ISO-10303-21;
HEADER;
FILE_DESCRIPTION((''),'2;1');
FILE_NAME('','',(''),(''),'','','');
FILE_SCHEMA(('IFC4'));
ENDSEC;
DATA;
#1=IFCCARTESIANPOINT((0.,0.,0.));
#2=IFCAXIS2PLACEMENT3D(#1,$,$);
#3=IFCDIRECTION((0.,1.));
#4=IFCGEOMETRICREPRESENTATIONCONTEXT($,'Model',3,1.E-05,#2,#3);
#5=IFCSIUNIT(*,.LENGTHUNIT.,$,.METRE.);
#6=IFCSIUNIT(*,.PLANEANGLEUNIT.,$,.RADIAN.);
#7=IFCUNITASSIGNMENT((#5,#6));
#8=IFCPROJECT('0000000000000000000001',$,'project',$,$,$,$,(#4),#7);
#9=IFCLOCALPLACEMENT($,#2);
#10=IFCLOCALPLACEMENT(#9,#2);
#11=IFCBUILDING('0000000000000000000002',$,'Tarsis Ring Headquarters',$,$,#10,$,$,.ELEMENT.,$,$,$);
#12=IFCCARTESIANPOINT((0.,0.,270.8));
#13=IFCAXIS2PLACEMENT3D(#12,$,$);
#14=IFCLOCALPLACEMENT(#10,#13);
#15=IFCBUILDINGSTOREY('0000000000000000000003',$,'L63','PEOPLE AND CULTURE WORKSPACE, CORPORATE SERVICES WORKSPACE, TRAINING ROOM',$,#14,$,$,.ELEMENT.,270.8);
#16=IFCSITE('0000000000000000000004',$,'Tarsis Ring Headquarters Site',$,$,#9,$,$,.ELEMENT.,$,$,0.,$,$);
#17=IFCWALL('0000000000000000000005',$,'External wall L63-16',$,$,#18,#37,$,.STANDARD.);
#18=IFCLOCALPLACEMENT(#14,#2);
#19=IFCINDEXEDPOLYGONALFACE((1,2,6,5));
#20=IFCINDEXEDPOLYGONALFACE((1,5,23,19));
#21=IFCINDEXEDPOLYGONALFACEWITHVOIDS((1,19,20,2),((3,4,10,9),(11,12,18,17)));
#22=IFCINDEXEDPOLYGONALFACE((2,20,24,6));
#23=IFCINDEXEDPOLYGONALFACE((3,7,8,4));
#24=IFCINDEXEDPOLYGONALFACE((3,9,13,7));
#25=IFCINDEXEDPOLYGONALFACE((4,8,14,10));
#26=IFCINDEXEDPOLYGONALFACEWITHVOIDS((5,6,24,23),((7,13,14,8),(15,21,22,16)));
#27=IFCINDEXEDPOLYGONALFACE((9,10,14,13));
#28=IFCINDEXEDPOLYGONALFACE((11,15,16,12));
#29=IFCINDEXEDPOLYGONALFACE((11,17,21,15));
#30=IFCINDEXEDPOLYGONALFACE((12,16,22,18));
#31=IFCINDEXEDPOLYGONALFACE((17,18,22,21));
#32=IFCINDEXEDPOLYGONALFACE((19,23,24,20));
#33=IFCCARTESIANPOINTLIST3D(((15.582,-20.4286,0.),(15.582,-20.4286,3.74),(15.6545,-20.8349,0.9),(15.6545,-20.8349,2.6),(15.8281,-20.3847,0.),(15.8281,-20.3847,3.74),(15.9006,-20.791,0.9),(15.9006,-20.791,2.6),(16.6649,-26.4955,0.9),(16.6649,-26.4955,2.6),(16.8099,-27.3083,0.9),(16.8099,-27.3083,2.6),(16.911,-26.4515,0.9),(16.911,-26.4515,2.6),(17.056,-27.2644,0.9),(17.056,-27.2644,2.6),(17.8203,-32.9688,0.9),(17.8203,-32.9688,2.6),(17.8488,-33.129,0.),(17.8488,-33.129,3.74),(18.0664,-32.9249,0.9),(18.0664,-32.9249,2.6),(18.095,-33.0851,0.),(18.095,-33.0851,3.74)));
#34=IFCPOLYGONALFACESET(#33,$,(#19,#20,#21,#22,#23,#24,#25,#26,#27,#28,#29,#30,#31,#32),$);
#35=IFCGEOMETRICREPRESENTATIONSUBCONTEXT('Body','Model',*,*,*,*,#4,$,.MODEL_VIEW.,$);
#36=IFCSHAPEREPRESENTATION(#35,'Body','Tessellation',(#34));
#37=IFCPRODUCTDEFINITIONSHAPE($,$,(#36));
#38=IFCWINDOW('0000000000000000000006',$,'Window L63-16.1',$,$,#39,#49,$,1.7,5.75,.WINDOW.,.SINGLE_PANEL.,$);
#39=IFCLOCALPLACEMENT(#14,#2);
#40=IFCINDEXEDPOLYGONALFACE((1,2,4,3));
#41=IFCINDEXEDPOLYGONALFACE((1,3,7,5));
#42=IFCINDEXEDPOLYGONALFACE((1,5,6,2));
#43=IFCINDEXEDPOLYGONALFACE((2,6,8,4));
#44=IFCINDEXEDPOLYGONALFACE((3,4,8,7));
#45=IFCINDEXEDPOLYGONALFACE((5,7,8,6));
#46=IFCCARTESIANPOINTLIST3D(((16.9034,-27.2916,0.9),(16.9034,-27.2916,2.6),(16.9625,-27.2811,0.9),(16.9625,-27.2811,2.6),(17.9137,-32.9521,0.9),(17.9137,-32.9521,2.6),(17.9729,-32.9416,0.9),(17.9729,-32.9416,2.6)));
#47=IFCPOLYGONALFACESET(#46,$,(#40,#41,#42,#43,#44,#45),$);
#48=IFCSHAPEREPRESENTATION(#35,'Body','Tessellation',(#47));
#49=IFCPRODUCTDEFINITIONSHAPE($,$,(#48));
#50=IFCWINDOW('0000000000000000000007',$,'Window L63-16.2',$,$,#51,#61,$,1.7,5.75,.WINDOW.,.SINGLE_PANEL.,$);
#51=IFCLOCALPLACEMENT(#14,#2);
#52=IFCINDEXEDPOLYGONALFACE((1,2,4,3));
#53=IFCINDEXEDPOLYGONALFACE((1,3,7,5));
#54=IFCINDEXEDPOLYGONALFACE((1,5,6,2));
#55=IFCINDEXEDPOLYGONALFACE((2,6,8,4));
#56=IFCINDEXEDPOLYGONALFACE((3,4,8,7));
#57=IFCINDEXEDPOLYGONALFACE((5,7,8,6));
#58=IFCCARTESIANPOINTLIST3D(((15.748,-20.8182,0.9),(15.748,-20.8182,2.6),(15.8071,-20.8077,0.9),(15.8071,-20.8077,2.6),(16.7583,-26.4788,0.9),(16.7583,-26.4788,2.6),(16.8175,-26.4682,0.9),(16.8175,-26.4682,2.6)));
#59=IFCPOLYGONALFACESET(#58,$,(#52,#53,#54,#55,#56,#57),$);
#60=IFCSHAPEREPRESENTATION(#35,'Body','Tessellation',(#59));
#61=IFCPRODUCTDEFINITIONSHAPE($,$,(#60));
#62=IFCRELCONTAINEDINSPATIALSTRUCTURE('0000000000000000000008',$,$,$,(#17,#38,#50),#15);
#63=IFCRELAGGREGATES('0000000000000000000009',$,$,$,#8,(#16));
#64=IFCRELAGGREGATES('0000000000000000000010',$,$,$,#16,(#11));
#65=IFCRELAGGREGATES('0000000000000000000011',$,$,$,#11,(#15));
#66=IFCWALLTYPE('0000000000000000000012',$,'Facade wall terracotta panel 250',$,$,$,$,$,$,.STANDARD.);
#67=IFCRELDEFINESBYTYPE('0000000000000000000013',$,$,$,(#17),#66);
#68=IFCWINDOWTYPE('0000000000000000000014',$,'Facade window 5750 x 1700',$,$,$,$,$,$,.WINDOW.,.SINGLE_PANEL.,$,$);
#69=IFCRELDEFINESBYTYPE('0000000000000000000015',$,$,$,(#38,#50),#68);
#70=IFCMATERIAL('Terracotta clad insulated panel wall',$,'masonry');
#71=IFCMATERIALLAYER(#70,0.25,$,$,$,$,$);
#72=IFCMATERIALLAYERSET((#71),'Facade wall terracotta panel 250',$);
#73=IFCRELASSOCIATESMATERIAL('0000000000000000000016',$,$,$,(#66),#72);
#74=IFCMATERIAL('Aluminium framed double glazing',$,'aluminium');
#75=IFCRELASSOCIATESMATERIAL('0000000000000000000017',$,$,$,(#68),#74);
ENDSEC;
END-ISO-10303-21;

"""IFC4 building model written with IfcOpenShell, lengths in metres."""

from ifc_helpers import new_model, si_unit, direction, frame, frame_2d, origin, place, context, subcontext, project, spatial, rectangle, extrude, material, layer, layer_set, type_object, element, fill, save


model = new_model("IFC4")

# Units and contexts
model_context = context("Model", 3, precision=1e-05, world=origin(), true_north=direction((0.0, 1.0)))
body_context = subcontext(model_context, "Body", "Model", "MODEL_VIEW")
ifc_project = project(units=[si_unit("LENGTHUNIT", "METRE"), si_unit("PLANEANGLEUNIT", "RADIAN")], contexts=[model_context])

# Site, building, storey
site_placement = place(None, origin())
site = spatial("IfcSite", under=ifc_project, at=site_placement, Name="Tarsis Ring Headquarters Site", CompositionType="ELEMENT", RefElevation=0.0)
building_placement = place(site_placement, origin())
building = spatial("IfcBuilding", under=site, at=building_placement, Name="Tarsis Ring Headquarters", CompositionType="ELEMENT")
storey_placement = place(building_placement, frame((0.0, 0.0, 270.8)))
storey = spatial("IfcBuildingStorey", under=building, at=storey_placement, Name="L63", Description="PEOPLE AND CULTURE WORKSPACE, CORPORATE SERVICES WORKSPACE, TRAINING ROOM", CompositionType="ELEMENT", Elevation=270.8)

# Shared definitions
ifc_material_1 = material(Name="Terracotta clad insulated panel wall", Category="masonry")
ifc_layer = layer(ifc_material_1, 0.25)
ifc_layer_set = layer_set([ifc_layer], Name="Facade wall terracotta panel 250")
wall_type = type_object("IfcWallType", Name="Facade wall terracotta panel 250", PredefinedType="STANDARD", material=ifc_layer_set)

# Wall, openings, windows
wall_1_placement = place(storey_placement, frame((17.9719, -33.1072, 0.0), z_axis=(0.0, 0.0, 1.0), x_axis=(-0.175709, 0.984442, 0.0)))
wall_1 = element("IfcWall", 1, at=wall_1_placement, inside=storey, type_object=wall_type, Name="External wall L63-16", PredefinedType="STANDARD", context=body_context, shape_type="SweptSolid", body=[
    extrude(rectangle(XDim=12.9011, YDim=0.25, at=frame_2d((6.4507, 0.0))), origin(), (0.0, 0.0, 1.0), 3.74),
])
opening_1_placement = place(wall_1_placement, frame((0.1628, 0.0, 0.8999)))
opening_1 = element("IfcOpeningElement", 2, at=opening_1_placement, cuts=wall_1, PredefinedType="OPENING", context=body_context, shape_type="SweptSolid", body=[
    extrude(rectangle(XDim=5.75, YDim=1.7, at=frame_2d((2.875, 0.8501))), frame((0.0, 0.135, 0.0), z_axis=(0.0, -1.0, 0.0), x_axis=(1.0, 0.0, 0.0)), (0.0, 0.0, 1.0), 0.27),
])
opening_2_placement = place(wall_1_placement, frame((6.7385, 0.0, 0.8999)))
opening_2 = element("IfcOpeningElement", 3, at=opening_2_placement, cuts=wall_1, PredefinedType="OPENING", context=body_context, shape_type="SweptSolid", body=[
    extrude(rectangle(XDim=5.75, YDim=1.7, at=frame_2d((2.875, 0.8501))), frame((0.0, 0.135, 0.0), z_axis=(0.0, -1.0, 0.0), x_axis=(1.0, 0.0, 0.0)), (0.0, 0.0, 1.0), 0.27),
])
ifc_material_2 = material(Name="Aluminium framed double glazing", Category="aluminium")
window_type = type_object("IfcWindowType", Name="Facade window 5750 x 1700", PartitioningType="SINGLE_PANEL", PredefinedType="WINDOW", material=ifc_material_2)
window_1_placement = place(opening_1_placement, origin())
window_1 = element("IfcWindow", 4, at=window_1_placement, inside=storey, type_object=window_type, Name="Window L63-16.1", OverallHeight=1.7, OverallWidth=5.75, PartitioningType="SINGLE_PANEL", PredefinedType="WINDOW", context=body_context, shape_type="SweptSolid", body=[
    extrude(rectangle(XDim=5.75, YDim=1.7, at=frame_2d((2.875, 0.8501))), frame((0.0, 0.03, 0.0), z_axis=(0.0, -1.0, 0.0), x_axis=(1.0, 0.0, 0.0)), (0.0, 0.0, 1.0), 0.0601),
])
fill(opening_1, window_1)
window_2_placement = place(opening_2_placement, origin())
window_2 = element("IfcWindow", 5, at=window_2_placement, inside=storey, type_object=window_type, Name="Window L63-16.2", OverallHeight=1.7, OverallWidth=5.75, PartitioningType="SINGLE_PANEL", PredefinedType="WINDOW", context=body_context, shape_type="SweptSolid", body=[
    extrude(rectangle(XDim=5.75, YDim=1.7, at=frame_2d((2.875, 0.8501))), frame((0.0, 0.03, 0.0), z_axis=(0.0, -1.0, 0.0), x_axis=(1.0, 0.0, 0.0)), (0.0, 0.0, 1.0), 0.0601),
])
fill(opening_2, window_2)

save(model, "model.ifc")
